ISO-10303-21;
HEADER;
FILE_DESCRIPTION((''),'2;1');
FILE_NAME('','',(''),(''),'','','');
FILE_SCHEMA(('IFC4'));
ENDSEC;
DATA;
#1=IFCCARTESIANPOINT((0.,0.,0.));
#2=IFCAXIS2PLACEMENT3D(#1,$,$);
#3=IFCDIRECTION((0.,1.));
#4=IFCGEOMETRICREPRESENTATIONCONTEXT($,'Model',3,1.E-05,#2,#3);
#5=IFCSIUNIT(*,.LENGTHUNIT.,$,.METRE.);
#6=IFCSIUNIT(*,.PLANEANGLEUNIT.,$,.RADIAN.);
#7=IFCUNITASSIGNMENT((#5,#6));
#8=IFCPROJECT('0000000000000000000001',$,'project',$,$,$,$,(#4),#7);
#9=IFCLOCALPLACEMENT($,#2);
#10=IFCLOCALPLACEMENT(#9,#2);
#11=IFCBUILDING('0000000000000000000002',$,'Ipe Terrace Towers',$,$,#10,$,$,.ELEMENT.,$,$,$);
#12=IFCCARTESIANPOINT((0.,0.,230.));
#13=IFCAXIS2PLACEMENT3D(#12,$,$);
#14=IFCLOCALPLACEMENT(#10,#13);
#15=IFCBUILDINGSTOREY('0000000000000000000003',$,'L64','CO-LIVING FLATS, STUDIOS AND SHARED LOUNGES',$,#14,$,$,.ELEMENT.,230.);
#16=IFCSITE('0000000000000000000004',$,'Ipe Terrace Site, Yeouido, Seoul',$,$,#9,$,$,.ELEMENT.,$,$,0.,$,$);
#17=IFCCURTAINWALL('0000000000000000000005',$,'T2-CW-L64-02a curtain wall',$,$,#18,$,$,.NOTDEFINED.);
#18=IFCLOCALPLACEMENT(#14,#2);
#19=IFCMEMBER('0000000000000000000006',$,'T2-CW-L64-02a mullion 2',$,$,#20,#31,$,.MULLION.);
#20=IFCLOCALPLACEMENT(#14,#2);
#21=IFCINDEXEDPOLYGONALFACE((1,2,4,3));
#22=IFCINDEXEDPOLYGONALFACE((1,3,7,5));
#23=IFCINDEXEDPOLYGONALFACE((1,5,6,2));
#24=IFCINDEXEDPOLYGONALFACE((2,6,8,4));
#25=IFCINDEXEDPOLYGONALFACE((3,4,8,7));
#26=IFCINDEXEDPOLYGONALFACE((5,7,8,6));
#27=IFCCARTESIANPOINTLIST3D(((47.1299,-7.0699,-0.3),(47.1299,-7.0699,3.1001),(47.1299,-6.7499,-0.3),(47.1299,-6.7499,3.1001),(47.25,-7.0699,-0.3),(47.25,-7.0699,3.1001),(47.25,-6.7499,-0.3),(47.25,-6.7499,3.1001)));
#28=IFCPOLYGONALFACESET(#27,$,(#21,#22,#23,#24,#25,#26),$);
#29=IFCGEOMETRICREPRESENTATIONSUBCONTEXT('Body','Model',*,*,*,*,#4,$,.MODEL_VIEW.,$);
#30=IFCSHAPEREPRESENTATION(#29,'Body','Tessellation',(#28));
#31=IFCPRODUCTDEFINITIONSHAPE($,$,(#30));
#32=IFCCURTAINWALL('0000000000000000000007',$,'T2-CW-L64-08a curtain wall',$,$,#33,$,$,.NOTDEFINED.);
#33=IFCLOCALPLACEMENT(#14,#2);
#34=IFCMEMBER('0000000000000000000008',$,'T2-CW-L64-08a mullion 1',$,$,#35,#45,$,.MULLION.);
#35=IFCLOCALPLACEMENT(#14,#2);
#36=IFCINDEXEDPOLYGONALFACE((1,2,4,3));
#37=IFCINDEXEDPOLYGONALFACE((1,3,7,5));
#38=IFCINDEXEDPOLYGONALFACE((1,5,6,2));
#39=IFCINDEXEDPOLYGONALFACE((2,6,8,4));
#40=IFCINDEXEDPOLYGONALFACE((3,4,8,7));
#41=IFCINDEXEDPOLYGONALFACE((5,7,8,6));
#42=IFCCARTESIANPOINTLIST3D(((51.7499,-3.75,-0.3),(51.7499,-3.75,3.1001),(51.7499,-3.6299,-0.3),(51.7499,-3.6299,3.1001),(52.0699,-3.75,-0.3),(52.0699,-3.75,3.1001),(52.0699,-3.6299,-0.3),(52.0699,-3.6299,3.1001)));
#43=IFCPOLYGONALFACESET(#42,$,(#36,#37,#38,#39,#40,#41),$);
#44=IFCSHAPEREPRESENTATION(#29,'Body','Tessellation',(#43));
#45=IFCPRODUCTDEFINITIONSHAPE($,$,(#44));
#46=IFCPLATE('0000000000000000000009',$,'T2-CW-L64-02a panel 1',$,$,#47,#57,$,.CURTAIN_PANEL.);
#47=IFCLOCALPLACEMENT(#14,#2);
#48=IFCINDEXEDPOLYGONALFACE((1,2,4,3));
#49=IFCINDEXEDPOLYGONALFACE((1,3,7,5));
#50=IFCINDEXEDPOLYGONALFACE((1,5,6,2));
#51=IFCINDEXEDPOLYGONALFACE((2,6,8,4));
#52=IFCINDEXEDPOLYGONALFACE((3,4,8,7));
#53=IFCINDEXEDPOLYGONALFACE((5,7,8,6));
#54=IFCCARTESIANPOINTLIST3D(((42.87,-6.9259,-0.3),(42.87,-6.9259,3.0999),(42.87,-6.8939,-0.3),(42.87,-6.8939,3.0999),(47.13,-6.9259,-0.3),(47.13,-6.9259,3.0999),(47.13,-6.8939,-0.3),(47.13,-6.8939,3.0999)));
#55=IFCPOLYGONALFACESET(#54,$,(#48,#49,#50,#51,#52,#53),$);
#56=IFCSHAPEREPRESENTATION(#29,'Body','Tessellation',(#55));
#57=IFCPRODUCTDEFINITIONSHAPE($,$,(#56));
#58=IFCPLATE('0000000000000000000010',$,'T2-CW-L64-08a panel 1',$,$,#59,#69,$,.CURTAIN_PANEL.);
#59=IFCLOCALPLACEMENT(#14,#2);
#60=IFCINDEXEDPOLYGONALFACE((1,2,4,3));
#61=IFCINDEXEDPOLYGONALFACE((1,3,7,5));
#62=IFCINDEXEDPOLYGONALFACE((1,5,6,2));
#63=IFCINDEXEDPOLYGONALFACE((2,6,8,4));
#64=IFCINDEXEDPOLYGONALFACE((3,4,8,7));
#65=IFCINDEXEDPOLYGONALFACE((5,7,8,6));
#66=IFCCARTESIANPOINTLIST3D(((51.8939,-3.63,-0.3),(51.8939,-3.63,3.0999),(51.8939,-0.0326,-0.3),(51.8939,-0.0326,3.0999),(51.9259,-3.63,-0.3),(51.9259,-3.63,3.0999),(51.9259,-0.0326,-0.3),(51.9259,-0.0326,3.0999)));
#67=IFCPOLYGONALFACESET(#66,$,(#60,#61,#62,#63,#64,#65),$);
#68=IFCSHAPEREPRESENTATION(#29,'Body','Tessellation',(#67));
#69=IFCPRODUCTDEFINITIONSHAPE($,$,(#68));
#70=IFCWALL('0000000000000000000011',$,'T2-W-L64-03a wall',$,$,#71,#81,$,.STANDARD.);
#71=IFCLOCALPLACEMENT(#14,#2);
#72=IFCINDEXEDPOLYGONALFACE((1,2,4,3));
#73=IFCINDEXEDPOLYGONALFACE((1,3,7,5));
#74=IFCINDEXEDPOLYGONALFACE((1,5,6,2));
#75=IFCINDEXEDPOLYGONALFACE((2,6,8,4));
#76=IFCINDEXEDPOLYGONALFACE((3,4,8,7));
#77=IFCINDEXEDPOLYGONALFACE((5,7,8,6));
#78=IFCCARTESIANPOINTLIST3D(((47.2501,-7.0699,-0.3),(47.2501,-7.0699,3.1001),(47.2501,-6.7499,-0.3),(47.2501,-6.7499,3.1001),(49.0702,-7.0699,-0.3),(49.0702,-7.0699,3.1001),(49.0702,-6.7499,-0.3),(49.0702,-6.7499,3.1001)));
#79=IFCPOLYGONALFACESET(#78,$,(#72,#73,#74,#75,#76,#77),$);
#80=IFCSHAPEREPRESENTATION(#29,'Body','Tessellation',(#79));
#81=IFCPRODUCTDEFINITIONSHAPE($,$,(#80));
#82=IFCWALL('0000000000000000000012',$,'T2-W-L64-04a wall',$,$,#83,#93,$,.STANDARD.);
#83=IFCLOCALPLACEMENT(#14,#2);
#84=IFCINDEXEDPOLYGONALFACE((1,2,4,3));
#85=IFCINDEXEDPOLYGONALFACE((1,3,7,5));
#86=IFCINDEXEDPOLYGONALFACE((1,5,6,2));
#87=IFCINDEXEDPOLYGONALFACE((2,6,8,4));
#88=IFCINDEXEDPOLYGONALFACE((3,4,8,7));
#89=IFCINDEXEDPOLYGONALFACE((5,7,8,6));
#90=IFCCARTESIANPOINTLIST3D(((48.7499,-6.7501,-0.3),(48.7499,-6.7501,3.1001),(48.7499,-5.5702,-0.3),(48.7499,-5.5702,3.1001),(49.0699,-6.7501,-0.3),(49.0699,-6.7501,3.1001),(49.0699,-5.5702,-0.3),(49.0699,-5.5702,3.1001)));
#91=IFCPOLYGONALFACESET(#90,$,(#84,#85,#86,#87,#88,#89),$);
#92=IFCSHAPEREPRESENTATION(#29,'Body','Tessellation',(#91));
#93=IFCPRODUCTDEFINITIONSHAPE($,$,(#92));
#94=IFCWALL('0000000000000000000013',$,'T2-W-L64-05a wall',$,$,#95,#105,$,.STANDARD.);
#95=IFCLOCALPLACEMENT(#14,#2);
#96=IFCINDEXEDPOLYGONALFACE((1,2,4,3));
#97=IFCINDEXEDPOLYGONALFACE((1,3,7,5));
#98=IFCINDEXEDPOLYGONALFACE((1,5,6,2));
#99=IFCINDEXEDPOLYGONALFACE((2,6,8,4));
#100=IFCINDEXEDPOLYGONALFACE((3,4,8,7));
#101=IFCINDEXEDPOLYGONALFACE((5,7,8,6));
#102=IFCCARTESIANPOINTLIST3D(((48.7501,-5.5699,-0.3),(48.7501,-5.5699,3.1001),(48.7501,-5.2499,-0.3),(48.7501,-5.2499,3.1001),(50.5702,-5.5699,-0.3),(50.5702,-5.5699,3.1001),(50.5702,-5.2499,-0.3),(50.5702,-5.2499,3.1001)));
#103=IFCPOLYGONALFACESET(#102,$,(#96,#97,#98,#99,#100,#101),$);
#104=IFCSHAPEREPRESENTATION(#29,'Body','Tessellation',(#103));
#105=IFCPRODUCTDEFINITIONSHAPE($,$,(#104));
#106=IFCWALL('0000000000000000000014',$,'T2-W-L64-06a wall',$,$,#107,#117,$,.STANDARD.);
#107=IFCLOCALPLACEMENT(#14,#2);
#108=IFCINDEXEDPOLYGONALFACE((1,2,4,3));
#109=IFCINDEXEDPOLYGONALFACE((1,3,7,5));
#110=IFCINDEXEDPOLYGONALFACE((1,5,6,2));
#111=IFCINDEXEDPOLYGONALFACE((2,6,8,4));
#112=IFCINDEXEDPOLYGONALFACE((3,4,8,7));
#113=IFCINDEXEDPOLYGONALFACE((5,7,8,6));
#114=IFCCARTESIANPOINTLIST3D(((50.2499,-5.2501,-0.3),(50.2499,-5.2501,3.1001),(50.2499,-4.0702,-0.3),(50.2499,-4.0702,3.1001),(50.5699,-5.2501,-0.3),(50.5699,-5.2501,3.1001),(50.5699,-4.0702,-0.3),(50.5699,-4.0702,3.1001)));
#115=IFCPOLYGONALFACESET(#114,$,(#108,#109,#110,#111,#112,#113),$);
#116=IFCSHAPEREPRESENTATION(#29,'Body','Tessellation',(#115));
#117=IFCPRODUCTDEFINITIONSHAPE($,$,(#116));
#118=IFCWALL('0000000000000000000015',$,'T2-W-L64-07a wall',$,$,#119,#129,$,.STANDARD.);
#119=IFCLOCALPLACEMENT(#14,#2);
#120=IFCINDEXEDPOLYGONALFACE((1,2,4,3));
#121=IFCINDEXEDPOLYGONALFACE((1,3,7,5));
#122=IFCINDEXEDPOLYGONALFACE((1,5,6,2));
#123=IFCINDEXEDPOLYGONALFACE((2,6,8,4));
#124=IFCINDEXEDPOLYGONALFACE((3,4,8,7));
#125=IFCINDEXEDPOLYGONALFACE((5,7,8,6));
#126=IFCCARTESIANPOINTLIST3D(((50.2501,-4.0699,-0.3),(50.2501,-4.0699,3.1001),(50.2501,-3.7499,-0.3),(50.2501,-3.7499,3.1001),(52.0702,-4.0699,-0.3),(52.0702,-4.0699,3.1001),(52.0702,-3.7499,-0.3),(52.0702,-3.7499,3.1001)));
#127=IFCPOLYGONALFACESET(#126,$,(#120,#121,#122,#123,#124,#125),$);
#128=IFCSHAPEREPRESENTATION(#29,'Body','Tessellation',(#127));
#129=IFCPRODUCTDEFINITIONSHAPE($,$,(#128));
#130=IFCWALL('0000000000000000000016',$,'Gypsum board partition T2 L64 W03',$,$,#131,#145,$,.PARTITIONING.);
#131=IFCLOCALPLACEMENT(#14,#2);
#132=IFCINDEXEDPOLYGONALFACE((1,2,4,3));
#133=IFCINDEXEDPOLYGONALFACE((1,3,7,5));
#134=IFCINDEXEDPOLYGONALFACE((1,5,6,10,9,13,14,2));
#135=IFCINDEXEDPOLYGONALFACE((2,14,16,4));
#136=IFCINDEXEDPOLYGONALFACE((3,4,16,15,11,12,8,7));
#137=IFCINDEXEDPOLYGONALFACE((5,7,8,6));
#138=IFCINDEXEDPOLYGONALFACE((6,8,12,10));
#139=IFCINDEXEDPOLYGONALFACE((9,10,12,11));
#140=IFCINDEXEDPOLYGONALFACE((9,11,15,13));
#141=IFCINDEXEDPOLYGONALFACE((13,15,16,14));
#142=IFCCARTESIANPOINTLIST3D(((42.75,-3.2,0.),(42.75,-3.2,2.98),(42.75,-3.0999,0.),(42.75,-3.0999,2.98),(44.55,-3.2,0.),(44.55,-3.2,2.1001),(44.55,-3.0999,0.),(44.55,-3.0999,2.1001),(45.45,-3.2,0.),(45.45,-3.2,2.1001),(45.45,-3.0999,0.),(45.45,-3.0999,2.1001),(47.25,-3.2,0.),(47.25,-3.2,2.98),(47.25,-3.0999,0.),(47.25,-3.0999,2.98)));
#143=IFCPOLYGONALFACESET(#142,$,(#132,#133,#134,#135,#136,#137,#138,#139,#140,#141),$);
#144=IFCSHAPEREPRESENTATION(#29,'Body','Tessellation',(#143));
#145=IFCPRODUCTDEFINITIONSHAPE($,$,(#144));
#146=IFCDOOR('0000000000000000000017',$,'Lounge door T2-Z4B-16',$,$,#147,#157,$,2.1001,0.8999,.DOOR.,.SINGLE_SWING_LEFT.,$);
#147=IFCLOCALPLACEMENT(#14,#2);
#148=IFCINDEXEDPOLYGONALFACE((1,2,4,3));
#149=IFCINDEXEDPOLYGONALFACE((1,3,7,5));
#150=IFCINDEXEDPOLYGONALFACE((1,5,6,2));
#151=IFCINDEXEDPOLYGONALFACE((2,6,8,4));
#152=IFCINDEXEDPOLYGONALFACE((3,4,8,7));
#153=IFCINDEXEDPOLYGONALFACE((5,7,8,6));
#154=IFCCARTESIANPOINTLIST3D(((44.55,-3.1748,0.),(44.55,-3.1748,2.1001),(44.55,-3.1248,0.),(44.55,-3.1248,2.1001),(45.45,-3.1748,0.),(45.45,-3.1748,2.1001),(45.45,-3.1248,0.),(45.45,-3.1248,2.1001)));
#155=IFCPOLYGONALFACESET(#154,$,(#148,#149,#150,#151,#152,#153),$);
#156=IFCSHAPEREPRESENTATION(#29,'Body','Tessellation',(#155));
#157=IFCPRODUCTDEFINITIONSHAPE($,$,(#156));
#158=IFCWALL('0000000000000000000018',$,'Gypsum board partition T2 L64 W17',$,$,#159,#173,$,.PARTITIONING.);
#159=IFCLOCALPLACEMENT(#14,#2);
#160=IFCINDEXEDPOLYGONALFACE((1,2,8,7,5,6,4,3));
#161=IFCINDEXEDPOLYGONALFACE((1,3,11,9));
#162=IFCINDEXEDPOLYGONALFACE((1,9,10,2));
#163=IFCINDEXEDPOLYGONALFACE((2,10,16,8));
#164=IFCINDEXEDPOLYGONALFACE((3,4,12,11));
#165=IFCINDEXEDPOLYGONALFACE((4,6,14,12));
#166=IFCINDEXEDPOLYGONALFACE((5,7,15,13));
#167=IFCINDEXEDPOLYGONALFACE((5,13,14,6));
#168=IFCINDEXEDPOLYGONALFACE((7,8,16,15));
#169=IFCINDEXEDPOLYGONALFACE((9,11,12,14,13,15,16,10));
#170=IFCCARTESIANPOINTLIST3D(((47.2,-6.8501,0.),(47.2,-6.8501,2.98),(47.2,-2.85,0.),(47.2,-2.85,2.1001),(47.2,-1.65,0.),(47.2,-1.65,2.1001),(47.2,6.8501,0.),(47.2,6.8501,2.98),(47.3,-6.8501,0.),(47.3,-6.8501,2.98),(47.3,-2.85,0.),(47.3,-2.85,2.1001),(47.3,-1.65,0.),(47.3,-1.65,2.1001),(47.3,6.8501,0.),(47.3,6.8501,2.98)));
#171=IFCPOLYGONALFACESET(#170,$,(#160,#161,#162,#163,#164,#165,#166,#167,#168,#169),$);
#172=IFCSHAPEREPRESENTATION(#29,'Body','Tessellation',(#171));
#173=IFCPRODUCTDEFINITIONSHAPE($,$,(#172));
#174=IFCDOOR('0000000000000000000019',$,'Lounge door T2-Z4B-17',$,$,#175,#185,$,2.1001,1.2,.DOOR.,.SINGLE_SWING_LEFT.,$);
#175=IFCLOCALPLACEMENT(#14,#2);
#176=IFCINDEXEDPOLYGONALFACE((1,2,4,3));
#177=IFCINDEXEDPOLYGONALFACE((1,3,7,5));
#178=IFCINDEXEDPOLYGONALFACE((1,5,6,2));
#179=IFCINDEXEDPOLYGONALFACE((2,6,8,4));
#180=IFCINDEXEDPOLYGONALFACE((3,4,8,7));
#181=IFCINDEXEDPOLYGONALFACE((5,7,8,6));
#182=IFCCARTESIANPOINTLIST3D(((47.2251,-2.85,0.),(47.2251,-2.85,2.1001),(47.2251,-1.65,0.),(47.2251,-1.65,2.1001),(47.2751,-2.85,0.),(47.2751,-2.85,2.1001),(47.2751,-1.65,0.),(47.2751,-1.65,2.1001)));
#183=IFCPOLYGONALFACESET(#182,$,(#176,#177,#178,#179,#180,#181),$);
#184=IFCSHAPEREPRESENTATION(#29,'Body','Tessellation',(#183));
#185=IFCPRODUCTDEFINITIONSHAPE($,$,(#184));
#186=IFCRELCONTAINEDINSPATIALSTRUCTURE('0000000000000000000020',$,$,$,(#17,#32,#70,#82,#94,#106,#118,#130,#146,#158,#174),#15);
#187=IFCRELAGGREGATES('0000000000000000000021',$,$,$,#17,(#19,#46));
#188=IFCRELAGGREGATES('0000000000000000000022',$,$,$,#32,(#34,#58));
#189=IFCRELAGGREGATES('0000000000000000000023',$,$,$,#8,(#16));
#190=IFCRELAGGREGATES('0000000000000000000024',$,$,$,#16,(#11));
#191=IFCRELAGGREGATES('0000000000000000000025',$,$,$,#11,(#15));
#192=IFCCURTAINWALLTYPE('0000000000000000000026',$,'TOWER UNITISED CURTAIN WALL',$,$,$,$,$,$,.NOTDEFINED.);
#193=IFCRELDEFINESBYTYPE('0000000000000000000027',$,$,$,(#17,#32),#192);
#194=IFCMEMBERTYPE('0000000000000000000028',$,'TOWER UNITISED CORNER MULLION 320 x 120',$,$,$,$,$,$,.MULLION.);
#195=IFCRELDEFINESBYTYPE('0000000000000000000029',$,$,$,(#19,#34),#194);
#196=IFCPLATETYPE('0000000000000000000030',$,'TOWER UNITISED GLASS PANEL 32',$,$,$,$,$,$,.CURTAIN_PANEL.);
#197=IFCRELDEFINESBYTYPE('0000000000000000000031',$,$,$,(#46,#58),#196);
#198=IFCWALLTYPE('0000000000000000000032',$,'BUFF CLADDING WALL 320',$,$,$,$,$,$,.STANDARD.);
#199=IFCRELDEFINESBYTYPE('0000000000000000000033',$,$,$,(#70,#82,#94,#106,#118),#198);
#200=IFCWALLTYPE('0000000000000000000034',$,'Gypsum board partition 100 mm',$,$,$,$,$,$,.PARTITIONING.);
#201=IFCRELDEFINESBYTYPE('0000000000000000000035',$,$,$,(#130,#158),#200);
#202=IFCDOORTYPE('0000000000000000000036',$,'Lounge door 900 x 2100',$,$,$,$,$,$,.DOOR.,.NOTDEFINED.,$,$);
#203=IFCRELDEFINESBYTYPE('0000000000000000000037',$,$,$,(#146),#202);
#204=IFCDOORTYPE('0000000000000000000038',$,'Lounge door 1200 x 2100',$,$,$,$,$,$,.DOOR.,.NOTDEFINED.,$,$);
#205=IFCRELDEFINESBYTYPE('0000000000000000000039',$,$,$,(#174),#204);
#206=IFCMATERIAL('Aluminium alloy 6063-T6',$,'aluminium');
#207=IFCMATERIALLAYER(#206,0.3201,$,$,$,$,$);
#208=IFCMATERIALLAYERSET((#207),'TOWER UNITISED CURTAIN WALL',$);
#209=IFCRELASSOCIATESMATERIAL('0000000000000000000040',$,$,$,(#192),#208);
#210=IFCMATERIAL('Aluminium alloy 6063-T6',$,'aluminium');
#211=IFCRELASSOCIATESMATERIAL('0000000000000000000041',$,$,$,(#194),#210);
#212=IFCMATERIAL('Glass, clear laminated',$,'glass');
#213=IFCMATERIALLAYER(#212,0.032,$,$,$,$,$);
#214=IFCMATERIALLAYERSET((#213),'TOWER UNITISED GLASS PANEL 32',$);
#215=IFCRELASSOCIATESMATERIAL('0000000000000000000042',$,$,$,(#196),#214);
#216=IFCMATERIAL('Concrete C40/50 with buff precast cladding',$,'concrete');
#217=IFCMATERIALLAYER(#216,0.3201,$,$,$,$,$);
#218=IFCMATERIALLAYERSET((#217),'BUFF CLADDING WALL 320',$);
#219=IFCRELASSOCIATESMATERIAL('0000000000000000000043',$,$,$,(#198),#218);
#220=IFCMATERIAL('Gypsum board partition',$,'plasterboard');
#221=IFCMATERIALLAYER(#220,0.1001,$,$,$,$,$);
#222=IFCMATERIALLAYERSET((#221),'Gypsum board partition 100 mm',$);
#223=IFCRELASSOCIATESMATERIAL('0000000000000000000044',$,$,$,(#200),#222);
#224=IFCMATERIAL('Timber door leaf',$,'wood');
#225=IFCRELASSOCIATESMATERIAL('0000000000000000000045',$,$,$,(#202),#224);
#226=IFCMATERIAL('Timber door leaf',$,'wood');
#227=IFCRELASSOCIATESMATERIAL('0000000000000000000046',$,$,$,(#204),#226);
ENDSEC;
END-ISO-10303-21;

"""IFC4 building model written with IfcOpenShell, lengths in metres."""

from ifc_helpers import new_model, si_unit, direction, frame, frame_2d, origin, origin_2d, place, context, subcontext, project, spatial, rectangle, extrude, material, layer, layer_set, material_profile, profile_set, type_object, element, fill, aggregate, save


model = new_model("IFC4")

# Units and contexts
model_context = context("Model", 3, precision=1e-05, world=origin(), true_north=direction((0.0, 1.0)))
body_context = subcontext(model_context, "Body", "Model", "MODEL_VIEW")
ifc_project = project(units=[si_unit("LENGTHUNIT", "METRE"), si_unit("PLANEANGLEUNIT", "RADIAN")], contexts=[model_context])

# Site, building, storey
site_placement = place(None, origin())
site = spatial("IfcSite", under=ifc_project, at=site_placement, Name="Ipe Terrace Site, Yeouido, Seoul", CompositionType="ELEMENT", RefElevation=0.0)
building_placement = place(site_placement, origin())
building = spatial("IfcBuilding", under=site, at=building_placement, Name="Ipe Terrace Towers", CompositionType="ELEMENT")
storey_placement = place(building_placement, frame((0.0, 0.0, 230.0)))
storey = spatial("IfcBuildingStorey", under=building, at=storey_placement, Name="L64", Description="CO-LIVING FLATS, STUDIOS AND SHARED LOUNGES", CompositionType="ELEMENT", Elevation=230.0)

# Curtain wall, member
ifc_material_1 = material(Name="Aluminium alloy 6063-T6", Category="aluminium")
ifc_layer_1 = layer(ifc_material_1, 0.3201)
ifc_layer_set_1 = layer_set([ifc_layer_1], Name="TOWER UNITISED CURTAIN WALL")
curtain_wall_type = type_object("IfcCurtainWallType", Name="TOWER UNITISED CURTAIN WALL", PredefinedType="NOTDEFINED", material=ifc_layer_set_1)
curtain_wall_1_placement = place(storey_placement, origin())
curtain_wall_1 = element("IfcCurtainWall", 1, at=curtain_wall_1_placement, inside=storey, type_object=curtain_wall_type, Name="T2-CW-L64-02a curtain wall", PredefinedType="NOTDEFINED")
ifc_material_2 = material(Name="Aluminium alloy 6063-T6", Category="aluminium")
ifc_material_profile_1 = material_profile(ifc_material_2, rectangle(XDim=0.3201, YDim=0.1201, at=origin_2d()), Name="TOWER UNITISED CORNER MULLION 320 x 120")
ifc_profile_set_1 = profile_set([ifc_material_profile_1], Name="Aluminium alloy 6063-T6")
member_type = type_object("IfcMemberType", Name="TOWER UNITISED CORNER MULLION 320 x 120", PredefinedType="MULLION", material=ifc_profile_set_1)
member_1_placement = place(storey_placement, frame((47.1899, -6.9099, -0.3), z_axis=(0.0, 0.0, 1.0), x_axis=(0.0, -1.0, 0.0)))
member_1 = element("IfcMember", 2, at=member_1_placement, type_object=member_type, Name="T2-CW-L64-02a mullion 2", PredefinedType="MULLION", context=body_context, shape_type="SweptSolid", body=[
    extrude(rectangle(XDim=0.3201, YDim=0.1201, at=origin_2d()), origin(), (0.0, 0.0, 1.0), 3.4001),
])

# Curtain wall, member
curtain_wall_2_placement = place(storey_placement, origin())
curtain_wall_2 = element("IfcCurtainWall", 3, at=curtain_wall_2_placement, inside=storey, type_object=curtain_wall_type, Name="T2-CW-L64-08a curtain wall", PredefinedType="NOTDEFINED")
member_2_placement = place(storey_placement, frame((51.9099, -3.6899, -0.3), z_axis=(0.0, 0.0, 1.0), x_axis=(1.0, 0.0, 0.0)))
member_2 = element("IfcMember", 4, at=member_2_placement, type_object=member_type, Name="T2-CW-L64-08a mullion 1", PredefinedType="MULLION", context=body_context, shape_type="SweptSolid", body=[
    extrude(rectangle(XDim=0.3201, YDim=0.1201, at=origin_2d()), origin(), (0.0, 0.0, 1.0), 3.4001),
])

# Plates
ifc_material_3 = material(Name="Glass, clear laminated", Category="glass")
ifc_layer_2 = layer(ifc_material_3, 0.032)
ifc_layer_set_2 = layer_set([ifc_layer_2], Name="TOWER UNITISED GLASS PANEL 32")
plate_type = type_object("IfcPlateType", Name="TOWER UNITISED GLASS PANEL 32", PredefinedType="CURTAIN_PANEL", material=ifc_layer_set_2)
plate_1_placement = place(storey_placement, frame((45.0, -6.9099, -0.3), z_axis=(0.0, 0.0, 1.0), x_axis=(1.0, 0.0, 0.0)))
plate_1 = element("IfcPlate", 5, at=plate_1_placement, type_object=plate_type, Name="T2-CW-L64-02a panel 1", PredefinedType="CURTAIN_PANEL", context=body_context, shape_type="SweptSolid", body=[
    extrude(rectangle(XDim=4.26, YDim=0.032, at=origin_2d()), origin(), (0.0, 0.0, 1.0), 3.3999),
])
aggregate(curtain_wall_1, [member_1, plate_1])
plate_2_placement = place(storey_placement, frame((51.9099, -1.8313, -0.3), z_axis=(0.0, 0.0, 1.0), x_axis=(0.0, 1.0, 0.0)))
plate_2 = element("IfcPlate", 6, at=plate_2_placement, type_object=plate_type, Name="T2-CW-L64-08a panel 1", PredefinedType="CURTAIN_PANEL", context=body_context, shape_type="SweptSolid", body=[
    extrude(rectangle(XDim=3.5974, YDim=0.032, at=origin_2d()), origin(), (0.0, 0.0, 1.0), 3.3999),
])
aggregate(curtain_wall_2, [member_2, plate_2])

# Walls
ifc_material_4 = material(Name="Concrete C40/50 with buff precast cladding", Category="concrete")
ifc_layer_3 = layer(ifc_material_4, 0.3201)
ifc_layer_set_3 = layer_set([ifc_layer_3], Name="BUFF CLADDING WALL 320")
wall_type_1 = type_object("IfcWallType", Name="BUFF CLADDING WALL 320", PredefinedType="STANDARD", material=ifc_layer_set_3)
wall_1_placement = place(storey_placement, frame((47.25, -6.9099, -0.3), z_axis=(0.0, 0.0, 1.0), x_axis=(1.0, 0.0, 0.0)))
element("IfcWall", 7, at=wall_1_placement, inside=storey, type_object=wall_type_1, Name="T2-W-L64-03a wall", PredefinedType="STANDARD", context=body_context, shape_type="SweptSolid", body=[
    extrude(rectangle(XDim=1.8201, YDim=0.3201, at=frame_2d((0.9102, 0.0))), origin(), (0.0, 0.0, 1.0), 3.4001),
])
wall_2_placement = place(storey_placement, frame((48.9099, -6.75, -0.3), z_axis=(0.0, 0.0, 1.0), x_axis=(0.0, 1.0, 0.0)))
element("IfcWall", 8, at=wall_2_placement, inside=storey, type_object=wall_type_1, Name="T2-W-L64-04a wall", PredefinedType="STANDARD", context=body_context, shape_type="SweptSolid", body=[
    extrude(rectangle(XDim=1.1799, YDim=0.3201, at=frame_2d((0.5898, 0.0))), origin(), (0.0, 0.0, 1.0), 3.4001),
])
wall_3_placement = place(storey_placement, frame((48.75, -5.4099, -0.3), z_axis=(0.0, 0.0, 1.0), x_axis=(1.0, 0.0, 0.0)))
element("IfcWall", 9, at=wall_3_placement, inside=storey, type_object=wall_type_1, Name="T2-W-L64-05a wall", PredefinedType="STANDARD", context=body_context, shape_type="SweptSolid", body=[
    extrude(rectangle(XDim=1.8201, YDim=0.3201, at=frame_2d((0.9102, 0.0))), origin(), (0.0, 0.0, 1.0), 3.4001),
])
wall_4_placement = place(storey_placement, frame((50.4099, -5.25, -0.3), z_axis=(0.0, 0.0, 1.0), x_axis=(0.0, 1.0, 0.0)))
element("IfcWall", 10, at=wall_4_placement, inside=storey, type_object=wall_type_1, Name="T2-W-L64-06a wall", PredefinedType="STANDARD", context=body_context, shape_type="SweptSolid", body=[
    extrude(rectangle(XDim=1.1799, YDim=0.3201, at=frame_2d((0.5898, 0.0))), origin(), (0.0, 0.0, 1.0), 3.4001),
])
wall_5_placement = place(storey_placement, frame((50.25, -3.9099, -0.3), z_axis=(0.0, 0.0, 1.0), x_axis=(1.0, 0.0, 0.0)))
element("IfcWall", 11, at=wall_5_placement, inside=storey, type_object=wall_type_1, Name="T2-W-L64-07a wall", PredefinedType="STANDARD", context=body_context, shape_type="SweptSolid", body=[
    extrude(rectangle(XDim=1.8201, YDim=0.3201, at=frame_2d((0.9102, 0.0))), origin(), (0.0, 0.0, 1.0), 3.4001),
])

# Walls, openings, doors
ifc_material_5 = material(Name="Gypsum board partition", Category="plasterboard")
ifc_layer_4 = layer(ifc_material_5, 0.1001)
ifc_layer_set_4 = layer_set([ifc_layer_4], Name="Gypsum board partition 100 mm")
wall_type_2 = type_object("IfcWallType", Name="Gypsum board partition 100 mm", PredefinedType="PARTITIONING", material=ifc_layer_set_4)
wall_6_placement = place(storey_placement, frame((47.25, -3.1499, 0.0), z_axis=(0.0, 0.0, 1.0), x_axis=(-1.0, 0.0, 0.0)))
wall_6 = element("IfcWall", 12, at=wall_6_placement, inside=storey, type_object=wall_type_2, Name="Gypsum board partition T2 L64 W03", PredefinedType="PARTITIONING", context=body_context, shape_type="SweptSolid", body=[
    extrude(rectangle(XDim=4.5, YDim=0.1001, at=frame_2d((2.25, 0.0))), origin(), (0.0, 0.0, 1.0), 2.98),
])
opening_1_placement = place(wall_6_placement, frame((1.8, 0.0, 0.0)))
opening_1 = element("IfcOpeningElement", 13, at=opening_1_placement, cuts=wall_6, PredefinedType="OPENING", context=body_context, shape_type="SweptSolid", body=[
    extrude(rectangle(XDim=0.8999, YDim=2.1001, at=frame_2d((0.45, 1.05))), frame((0.0, 0.0601, 0.0), z_axis=(0.0, -1.0, 0.0), x_axis=(1.0, 0.0, 0.0)), (0.0, 0.0, 1.0), 0.1201),
])
ifc_material_6 = material(Name="Timber door leaf", Category="wood")
door_type_1 = type_object("IfcDoorType", Name="Lounge door 900 x 2100", OperationType="NOTDEFINED", PredefinedType="DOOR", material=ifc_material_6)
door_1_placement = place(opening_1_placement, origin())
door_1 = element("IfcDoor", 14, at=door_1_placement, inside=storey, type_object=door_type_1, Name="Lounge door T2-Z4B-16", OperationType="SINGLE_SWING_LEFT", OverallHeight=2.1001, OverallWidth=0.8999, PredefinedType="DOOR", context=body_context, shape_type="SweptSolid", body=[
    extrude(rectangle(XDim=0.8999, YDim=2.1001, at=frame_2d((0.45, 1.05))), frame((0.0, 0.0249, 0.0), z_axis=(0.0, -1.0, 0.0), x_axis=(1.0, 0.0, 0.0)), (0.0, 0.0, 1.0), 0.05),
])
fill(opening_1, door_1)
wall_7_placement = place(storey_placement, frame((47.25, -6.8501, 0.0), z_axis=(0.0, 0.0, 1.0), x_axis=(0.0, 1.0, 0.0)))
wall_7 = element("IfcWall", 15, at=wall_7_placement, inside=storey, type_object=wall_type_2, Name="Gypsum board partition T2 L64 W17", PredefinedType="PARTITIONING", context=body_context, shape_type="SweptSolid", body=[
    extrude(rectangle(XDim=13.7002, YDim=0.1001, at=frame_2d((6.8501, 0.0))), origin(), (0.0, 0.0, 1.0), 2.98),
])
opening_2_placement = place(wall_7_placement, frame((4.0, 0.0, 0.0)))
opening_2 = element("IfcOpeningElement", 16, at=opening_2_placement, cuts=wall_7, PredefinedType="OPENING", context=body_context, shape_type="SweptSolid", body=[
    extrude(rectangle(XDim=1.2, YDim=2.1001, at=frame_2d((0.6001, 1.05))), frame((0.0, 0.0601, 0.0), z_axis=(0.0, -1.0, 0.0), x_axis=(1.0, 0.0, 0.0)), (0.0, 0.0, 1.0), 0.1201),
])
ifc_material_7 = material(Name="Timber door leaf", Category="wood")
door_type_2 = type_object("IfcDoorType", Name="Lounge door 1200 x 2100", OperationType="NOTDEFINED", PredefinedType="DOOR", material=ifc_material_7)
door_2_placement = place(opening_2_placement, origin())
door_2 = element("IfcDoor", 17, at=door_2_placement, inside=storey, type_object=door_type_2, Name="Lounge door T2-Z4B-17", OperationType="SINGLE_SWING_LEFT", OverallHeight=2.1001, OverallWidth=1.2, PredefinedType="DOOR", context=body_context, shape_type="SweptSolid", body=[
    extrude(rectangle(XDim=1.2, YDim=2.1001, at=frame_2d((0.6001, 1.05))), frame((0.0, 0.0249, 0.0), z_axis=(0.0, -1.0, 0.0), x_axis=(1.0, 0.0, 0.0)), (0.0, 0.0, 1.0), 0.05),
])
fill(opening_2, door_2)

save(model, "model.ifc")
